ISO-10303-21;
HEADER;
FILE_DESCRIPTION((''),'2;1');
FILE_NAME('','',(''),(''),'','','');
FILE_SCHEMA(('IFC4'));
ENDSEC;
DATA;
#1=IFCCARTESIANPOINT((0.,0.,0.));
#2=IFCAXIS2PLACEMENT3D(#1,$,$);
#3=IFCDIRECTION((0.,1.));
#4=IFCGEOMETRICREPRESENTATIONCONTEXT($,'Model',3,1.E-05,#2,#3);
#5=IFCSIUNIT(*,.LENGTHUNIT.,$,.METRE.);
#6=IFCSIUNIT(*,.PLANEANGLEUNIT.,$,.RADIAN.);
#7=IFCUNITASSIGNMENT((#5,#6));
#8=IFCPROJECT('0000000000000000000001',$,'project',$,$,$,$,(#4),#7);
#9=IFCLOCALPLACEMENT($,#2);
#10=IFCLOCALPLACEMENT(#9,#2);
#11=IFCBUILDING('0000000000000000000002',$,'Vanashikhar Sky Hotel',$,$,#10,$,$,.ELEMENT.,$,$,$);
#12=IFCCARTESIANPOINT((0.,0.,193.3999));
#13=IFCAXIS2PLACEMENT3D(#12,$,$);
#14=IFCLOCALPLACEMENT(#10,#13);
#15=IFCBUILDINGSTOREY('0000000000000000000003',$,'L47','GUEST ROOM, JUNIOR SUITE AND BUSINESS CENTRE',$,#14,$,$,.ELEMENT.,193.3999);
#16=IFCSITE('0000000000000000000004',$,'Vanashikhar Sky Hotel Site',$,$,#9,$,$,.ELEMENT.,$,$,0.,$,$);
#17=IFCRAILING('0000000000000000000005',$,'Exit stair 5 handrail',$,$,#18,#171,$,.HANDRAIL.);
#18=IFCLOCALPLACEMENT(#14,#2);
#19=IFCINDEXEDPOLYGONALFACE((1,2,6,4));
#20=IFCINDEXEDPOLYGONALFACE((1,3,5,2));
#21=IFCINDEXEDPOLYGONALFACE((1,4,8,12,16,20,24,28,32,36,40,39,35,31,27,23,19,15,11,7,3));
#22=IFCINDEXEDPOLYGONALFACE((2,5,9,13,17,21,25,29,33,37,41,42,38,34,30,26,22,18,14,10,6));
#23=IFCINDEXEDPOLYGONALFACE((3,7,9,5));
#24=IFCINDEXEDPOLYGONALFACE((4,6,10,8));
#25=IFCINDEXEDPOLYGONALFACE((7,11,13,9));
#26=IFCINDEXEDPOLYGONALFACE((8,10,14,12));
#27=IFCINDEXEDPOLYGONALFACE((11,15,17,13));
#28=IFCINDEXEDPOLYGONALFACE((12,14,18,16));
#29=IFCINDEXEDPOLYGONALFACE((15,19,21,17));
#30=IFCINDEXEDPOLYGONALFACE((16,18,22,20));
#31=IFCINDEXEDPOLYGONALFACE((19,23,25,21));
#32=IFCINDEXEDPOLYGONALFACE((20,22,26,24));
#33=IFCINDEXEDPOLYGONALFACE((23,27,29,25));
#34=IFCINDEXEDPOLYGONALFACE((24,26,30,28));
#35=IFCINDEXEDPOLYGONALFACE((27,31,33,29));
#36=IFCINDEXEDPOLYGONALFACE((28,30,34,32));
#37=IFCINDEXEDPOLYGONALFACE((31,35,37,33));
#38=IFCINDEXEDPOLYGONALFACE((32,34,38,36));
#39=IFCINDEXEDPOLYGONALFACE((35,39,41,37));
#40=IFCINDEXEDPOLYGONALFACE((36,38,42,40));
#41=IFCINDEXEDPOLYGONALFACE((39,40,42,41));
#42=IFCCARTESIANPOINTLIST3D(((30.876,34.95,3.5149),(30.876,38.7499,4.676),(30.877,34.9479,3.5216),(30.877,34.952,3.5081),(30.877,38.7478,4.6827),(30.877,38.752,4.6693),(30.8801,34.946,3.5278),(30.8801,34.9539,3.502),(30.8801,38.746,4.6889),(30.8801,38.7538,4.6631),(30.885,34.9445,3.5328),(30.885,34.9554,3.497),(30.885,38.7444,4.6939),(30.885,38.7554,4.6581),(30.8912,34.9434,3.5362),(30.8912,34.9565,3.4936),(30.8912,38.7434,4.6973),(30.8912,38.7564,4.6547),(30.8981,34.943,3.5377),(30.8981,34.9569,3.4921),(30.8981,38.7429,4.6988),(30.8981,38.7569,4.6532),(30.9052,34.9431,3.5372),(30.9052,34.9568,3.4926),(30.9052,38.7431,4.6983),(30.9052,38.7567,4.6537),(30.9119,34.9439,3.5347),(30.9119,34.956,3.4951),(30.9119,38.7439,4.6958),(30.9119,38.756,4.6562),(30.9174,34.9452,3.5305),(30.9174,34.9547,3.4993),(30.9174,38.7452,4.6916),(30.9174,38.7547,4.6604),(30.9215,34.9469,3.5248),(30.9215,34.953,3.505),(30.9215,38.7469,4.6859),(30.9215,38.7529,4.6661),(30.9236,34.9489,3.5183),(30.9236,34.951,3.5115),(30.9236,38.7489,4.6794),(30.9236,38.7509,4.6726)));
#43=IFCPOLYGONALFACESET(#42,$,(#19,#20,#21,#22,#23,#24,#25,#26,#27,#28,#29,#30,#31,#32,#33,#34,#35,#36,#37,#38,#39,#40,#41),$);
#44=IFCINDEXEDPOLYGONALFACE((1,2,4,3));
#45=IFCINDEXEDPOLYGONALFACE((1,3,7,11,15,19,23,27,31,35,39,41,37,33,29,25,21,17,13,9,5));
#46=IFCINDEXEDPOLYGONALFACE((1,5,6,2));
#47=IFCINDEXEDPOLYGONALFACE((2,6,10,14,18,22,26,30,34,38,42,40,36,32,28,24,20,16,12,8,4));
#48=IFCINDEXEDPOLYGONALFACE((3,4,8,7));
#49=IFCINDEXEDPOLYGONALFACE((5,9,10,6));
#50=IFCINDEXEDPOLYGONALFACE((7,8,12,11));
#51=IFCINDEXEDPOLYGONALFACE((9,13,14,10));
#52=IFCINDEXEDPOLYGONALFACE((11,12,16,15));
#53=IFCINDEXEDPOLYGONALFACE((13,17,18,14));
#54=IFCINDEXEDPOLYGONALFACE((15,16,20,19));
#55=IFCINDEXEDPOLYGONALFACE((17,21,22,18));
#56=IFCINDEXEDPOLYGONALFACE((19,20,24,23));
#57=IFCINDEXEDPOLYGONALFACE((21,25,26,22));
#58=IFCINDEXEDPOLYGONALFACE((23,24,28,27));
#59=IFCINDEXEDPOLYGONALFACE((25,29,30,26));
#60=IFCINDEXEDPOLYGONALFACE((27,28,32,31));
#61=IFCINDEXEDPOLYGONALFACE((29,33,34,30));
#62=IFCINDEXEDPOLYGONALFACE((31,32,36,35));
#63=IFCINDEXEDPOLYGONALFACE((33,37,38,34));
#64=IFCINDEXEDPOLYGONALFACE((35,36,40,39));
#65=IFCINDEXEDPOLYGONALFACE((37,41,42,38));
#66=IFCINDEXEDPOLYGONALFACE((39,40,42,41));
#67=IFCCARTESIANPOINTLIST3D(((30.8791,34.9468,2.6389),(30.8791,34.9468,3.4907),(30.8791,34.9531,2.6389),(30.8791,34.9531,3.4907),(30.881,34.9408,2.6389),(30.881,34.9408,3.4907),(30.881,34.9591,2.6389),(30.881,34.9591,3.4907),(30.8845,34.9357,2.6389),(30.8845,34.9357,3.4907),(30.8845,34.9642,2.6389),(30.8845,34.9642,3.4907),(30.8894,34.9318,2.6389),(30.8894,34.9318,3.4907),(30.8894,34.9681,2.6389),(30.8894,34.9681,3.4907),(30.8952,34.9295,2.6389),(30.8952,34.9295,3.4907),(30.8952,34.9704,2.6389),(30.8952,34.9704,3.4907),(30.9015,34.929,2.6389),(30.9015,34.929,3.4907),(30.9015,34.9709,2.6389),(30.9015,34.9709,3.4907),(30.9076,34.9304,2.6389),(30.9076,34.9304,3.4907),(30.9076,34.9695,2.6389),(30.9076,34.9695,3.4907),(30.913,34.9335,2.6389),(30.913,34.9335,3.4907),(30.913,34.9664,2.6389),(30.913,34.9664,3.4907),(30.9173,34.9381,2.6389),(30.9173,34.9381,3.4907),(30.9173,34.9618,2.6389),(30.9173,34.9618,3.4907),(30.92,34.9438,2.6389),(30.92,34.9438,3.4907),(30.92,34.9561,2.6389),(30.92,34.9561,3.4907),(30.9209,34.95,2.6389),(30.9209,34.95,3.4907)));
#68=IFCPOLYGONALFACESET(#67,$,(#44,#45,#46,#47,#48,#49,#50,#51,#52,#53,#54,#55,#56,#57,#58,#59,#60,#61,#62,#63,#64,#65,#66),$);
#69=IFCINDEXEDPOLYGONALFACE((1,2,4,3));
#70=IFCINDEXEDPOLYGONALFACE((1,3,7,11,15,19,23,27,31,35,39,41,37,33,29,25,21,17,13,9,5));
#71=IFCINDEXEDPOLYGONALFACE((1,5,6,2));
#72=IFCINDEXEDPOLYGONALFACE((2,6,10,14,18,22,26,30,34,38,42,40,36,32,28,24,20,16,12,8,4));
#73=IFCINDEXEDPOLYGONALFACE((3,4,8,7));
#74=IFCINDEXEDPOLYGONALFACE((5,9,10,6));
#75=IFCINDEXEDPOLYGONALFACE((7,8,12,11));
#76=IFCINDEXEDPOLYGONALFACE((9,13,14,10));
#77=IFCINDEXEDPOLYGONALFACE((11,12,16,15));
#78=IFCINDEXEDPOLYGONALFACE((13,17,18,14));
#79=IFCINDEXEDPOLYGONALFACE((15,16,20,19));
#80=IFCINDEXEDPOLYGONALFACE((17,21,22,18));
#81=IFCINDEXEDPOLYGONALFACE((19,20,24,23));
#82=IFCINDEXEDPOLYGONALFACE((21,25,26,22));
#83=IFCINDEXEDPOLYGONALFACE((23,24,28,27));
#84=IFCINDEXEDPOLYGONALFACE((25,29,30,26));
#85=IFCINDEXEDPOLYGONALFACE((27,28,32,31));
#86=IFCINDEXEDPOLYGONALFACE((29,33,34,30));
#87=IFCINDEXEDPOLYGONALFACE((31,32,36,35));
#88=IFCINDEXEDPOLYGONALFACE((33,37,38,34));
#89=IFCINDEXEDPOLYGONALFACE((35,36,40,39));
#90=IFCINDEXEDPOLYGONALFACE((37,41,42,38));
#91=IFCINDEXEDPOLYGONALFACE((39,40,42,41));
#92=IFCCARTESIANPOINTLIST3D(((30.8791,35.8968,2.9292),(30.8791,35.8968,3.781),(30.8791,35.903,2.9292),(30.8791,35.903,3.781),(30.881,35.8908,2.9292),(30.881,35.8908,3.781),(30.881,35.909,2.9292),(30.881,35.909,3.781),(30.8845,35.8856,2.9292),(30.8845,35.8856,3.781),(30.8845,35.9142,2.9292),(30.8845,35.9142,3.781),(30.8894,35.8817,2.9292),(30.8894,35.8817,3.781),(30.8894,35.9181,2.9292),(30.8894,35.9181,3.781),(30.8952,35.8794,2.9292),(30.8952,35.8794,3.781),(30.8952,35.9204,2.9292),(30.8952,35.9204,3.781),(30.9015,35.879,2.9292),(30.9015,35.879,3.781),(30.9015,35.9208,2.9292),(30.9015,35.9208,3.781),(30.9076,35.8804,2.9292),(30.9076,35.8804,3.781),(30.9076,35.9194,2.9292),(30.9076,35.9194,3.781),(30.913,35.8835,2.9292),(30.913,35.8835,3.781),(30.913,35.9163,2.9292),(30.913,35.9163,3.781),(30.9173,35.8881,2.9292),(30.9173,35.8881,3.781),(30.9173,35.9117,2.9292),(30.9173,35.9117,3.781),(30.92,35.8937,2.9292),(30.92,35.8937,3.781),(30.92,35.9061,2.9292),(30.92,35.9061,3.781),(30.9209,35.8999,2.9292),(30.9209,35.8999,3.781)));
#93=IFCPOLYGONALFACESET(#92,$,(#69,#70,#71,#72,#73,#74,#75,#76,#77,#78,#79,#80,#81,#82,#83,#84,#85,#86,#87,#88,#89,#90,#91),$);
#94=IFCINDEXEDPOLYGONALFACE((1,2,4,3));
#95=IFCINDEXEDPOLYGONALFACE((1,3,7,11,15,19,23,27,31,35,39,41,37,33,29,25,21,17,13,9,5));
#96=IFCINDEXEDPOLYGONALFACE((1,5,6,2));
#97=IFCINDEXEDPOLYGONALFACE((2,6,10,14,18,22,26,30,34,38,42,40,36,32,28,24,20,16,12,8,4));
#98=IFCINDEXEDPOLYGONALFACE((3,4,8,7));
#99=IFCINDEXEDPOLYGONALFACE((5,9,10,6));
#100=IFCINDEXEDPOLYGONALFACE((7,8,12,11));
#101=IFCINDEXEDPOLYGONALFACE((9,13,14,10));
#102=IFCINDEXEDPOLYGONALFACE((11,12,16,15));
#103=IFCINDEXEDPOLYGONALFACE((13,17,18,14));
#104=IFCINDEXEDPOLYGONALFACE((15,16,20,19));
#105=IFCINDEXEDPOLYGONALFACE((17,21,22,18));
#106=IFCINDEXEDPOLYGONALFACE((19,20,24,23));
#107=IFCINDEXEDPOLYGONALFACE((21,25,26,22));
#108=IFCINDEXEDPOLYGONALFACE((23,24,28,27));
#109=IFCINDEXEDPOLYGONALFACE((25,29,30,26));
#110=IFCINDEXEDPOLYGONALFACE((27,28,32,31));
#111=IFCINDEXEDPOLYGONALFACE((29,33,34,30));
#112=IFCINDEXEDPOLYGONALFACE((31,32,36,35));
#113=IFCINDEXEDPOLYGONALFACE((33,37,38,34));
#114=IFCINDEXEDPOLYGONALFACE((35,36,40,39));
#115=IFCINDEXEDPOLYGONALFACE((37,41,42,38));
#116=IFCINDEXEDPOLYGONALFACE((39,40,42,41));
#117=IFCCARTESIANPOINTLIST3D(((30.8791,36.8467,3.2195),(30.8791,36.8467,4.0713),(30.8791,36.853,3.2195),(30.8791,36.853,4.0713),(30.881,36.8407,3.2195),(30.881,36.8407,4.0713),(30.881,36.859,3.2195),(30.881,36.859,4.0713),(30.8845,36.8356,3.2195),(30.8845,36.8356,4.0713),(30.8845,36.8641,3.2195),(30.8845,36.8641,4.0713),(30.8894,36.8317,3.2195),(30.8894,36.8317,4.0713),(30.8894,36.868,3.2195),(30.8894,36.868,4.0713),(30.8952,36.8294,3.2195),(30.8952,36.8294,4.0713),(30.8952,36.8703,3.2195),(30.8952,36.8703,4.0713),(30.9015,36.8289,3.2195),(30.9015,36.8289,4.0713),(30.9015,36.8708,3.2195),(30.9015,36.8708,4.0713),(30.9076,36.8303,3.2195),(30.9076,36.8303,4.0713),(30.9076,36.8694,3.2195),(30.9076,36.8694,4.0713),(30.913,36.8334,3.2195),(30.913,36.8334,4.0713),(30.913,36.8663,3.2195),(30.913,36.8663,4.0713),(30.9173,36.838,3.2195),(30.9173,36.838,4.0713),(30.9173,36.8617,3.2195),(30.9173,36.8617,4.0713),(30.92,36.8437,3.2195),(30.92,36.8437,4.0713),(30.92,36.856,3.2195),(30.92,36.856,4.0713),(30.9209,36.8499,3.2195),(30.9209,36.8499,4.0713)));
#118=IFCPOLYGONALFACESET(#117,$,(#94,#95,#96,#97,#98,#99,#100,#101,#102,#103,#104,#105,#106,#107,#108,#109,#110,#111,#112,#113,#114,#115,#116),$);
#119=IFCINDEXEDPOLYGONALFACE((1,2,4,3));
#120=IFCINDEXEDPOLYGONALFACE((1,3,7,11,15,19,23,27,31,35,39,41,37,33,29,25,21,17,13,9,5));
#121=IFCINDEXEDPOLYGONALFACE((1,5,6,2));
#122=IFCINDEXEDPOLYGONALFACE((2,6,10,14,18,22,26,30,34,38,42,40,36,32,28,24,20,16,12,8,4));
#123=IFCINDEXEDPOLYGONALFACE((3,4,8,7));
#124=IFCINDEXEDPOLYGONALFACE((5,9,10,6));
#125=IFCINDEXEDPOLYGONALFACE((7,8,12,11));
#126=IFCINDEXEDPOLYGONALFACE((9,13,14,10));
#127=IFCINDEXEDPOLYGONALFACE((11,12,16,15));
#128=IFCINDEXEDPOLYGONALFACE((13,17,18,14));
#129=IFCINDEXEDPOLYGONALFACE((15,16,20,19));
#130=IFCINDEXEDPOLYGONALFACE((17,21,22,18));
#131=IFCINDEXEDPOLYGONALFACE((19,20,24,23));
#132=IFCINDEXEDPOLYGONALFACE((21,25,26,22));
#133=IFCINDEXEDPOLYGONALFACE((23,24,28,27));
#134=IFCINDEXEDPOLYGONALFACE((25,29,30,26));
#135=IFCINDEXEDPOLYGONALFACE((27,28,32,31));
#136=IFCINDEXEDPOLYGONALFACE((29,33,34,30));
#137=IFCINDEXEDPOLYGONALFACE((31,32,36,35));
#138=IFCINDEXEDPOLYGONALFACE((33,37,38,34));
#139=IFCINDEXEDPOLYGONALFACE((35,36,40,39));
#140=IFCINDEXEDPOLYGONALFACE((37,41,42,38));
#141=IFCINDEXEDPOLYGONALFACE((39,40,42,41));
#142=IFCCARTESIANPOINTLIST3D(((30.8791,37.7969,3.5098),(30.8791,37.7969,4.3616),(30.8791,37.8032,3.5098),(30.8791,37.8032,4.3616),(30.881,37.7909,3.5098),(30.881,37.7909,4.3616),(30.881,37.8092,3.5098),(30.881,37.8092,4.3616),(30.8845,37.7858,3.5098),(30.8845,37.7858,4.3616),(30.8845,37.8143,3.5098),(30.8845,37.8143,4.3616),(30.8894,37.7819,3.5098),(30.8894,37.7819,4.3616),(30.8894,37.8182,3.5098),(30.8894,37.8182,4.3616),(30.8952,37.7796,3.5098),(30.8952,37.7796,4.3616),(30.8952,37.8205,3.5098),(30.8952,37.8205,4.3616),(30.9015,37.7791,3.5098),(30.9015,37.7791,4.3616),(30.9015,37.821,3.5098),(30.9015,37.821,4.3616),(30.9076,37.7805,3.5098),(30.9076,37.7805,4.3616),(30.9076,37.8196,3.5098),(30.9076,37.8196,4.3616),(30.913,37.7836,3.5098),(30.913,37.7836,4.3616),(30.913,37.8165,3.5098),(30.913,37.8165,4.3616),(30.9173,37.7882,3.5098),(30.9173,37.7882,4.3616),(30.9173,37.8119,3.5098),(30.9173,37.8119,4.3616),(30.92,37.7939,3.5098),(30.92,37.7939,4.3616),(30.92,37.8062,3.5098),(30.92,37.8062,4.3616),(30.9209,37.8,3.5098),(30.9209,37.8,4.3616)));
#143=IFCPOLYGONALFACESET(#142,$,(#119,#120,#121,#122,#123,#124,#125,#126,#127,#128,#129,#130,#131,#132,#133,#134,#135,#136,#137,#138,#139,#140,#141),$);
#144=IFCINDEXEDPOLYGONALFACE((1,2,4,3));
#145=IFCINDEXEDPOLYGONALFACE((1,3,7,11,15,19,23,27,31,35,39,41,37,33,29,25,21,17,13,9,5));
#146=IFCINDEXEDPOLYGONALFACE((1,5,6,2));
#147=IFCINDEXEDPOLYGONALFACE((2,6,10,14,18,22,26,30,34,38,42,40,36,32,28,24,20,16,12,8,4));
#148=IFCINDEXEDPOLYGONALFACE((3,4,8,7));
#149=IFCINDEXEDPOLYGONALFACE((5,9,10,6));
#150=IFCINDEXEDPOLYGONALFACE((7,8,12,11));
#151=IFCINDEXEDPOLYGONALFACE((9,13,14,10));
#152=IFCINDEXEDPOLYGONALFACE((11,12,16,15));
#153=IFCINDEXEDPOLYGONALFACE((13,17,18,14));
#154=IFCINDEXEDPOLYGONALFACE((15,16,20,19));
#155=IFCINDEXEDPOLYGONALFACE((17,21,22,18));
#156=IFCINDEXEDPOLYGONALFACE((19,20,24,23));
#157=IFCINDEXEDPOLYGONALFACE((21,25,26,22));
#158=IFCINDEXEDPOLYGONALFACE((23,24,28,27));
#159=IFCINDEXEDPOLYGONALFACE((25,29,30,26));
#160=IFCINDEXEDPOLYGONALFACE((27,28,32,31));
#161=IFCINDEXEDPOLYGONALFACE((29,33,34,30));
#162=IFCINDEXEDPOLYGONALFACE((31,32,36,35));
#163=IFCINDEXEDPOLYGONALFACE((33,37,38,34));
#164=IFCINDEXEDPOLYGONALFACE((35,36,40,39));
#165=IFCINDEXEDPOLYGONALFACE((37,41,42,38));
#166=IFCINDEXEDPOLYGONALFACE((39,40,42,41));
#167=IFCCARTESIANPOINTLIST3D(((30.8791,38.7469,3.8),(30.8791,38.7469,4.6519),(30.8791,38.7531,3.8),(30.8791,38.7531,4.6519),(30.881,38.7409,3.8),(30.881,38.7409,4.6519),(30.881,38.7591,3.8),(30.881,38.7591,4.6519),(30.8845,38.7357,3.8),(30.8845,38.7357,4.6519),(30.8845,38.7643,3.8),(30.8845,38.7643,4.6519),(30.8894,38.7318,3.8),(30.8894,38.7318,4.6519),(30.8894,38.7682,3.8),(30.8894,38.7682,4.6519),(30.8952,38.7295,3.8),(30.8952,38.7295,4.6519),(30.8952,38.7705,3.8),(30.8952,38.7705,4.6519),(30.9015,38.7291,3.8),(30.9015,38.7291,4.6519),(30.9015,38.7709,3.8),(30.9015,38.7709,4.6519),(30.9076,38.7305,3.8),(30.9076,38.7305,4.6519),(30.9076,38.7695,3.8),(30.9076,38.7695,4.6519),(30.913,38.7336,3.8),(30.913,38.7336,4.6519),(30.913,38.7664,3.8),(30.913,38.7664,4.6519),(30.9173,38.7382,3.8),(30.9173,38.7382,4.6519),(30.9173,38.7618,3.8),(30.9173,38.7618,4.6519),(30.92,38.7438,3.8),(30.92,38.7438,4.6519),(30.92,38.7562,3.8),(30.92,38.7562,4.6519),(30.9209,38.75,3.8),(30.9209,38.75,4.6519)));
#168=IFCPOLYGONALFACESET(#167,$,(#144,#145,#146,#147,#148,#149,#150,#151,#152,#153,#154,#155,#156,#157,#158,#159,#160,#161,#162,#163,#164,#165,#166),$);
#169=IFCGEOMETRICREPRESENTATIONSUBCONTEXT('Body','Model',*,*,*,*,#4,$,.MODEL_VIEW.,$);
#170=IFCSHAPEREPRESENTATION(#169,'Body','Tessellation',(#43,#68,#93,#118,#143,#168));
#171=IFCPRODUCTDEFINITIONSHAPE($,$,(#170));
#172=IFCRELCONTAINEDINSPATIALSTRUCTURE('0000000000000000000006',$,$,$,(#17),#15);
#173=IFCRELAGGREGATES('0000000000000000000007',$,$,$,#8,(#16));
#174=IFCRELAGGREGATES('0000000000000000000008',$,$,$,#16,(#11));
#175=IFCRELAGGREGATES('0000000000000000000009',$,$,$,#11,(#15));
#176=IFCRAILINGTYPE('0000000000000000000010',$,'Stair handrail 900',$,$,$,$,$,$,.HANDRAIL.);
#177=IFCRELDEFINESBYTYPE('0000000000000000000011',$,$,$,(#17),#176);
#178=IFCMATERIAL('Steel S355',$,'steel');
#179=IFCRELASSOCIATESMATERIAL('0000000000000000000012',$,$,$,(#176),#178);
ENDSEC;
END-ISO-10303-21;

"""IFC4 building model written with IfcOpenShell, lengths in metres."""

from ifc_helpers import new_model, si_unit, direction, frame, origin, origin_2d, place, context, subcontext, project, spatial, circle, extrude, source, transform, mapped, material, type_object, element, save


model = new_model("IFC4")

# Units and contexts
model_context = context("Model", 3, precision=1e-05, world=origin(), true_north=direction((0.0, 1.0)))
body_context = subcontext(model_context, "Body", "Model", "MODEL_VIEW")
ifc_project = project(units=[si_unit("LENGTHUNIT", "METRE"), si_unit("PLANEANGLEUNIT", "RADIAN")], contexts=[model_context])

# Site, building, storey
site_placement = place(None, origin())
site = spatial("IfcSite", under=ifc_project, at=site_placement, Name="Vanashikhar Sky Hotel Site", CompositionType="ELEMENT", RefElevation=0.0)
building_placement = place(site_placement, origin())
building = spatial("IfcBuilding", under=site, at=building_placement, Name="Vanashikhar Sky Hotel", CompositionType="ELEMENT")
storey_placement = place(building_placement, frame((0.0, 0.0, 193.3999)))
storey = spatial("IfcBuildingStorey", under=building, at=storey_placement, Name="L47", Description="GUEST ROOM, JUNIOR SUITE AND BUSINESS CENTRE", CompositionType="ELEMENT", Elevation=193.3999)

# Railing
ifc_material_1 = material(Name="Steel S355", Category="steel")
railing_type = type_object("IfcRailingType", Name="Stair handrail 900", PredefinedType="HANDRAIL", material=ifc_material_1)
shared_shape_1 = source(origin(), body_context, "Body", "SweptSolid", [
    extrude(circle(Radius=0.0239, at=origin_2d()), frame((0.0, 0.0, 0.876), z_axis=(0.0, 0.956351, 0.29222), x_axis=(-1.0, 0.0, 0.0)), (0.0, 0.0, 1.0), 3.9734),
    extrude(circle(Radius=0.021, at=origin_2d()), origin(), (0.0, 0.0, 1.0), 0.8518),
    extrude(circle(Radius=0.021, at=origin_2d()), frame((0.0, 0.95, 0.2903)), (0.0, 0.0, 1.0), 0.8518),
    extrude(circle(Radius=0.021, at=origin_2d()), frame((0.0, 1.8999, 0.5806)), (0.0, 0.0, 1.0), 0.8518),
    extrude(circle(Radius=0.021, at=origin_2d()), frame((0.0, 2.8501, 0.8708)), (0.0, 0.0, 1.0), 0.8518),
    extrude(circle(Radius=0.021, at=origin_2d()), frame((0.0, 3.8, 1.1611)), (0.0, 0.0, 1.0), 0.8518),
])
for number, where, name in (
    (1, (30.8999, 34.95, 2.6389), "Exit stair 5 handrail"),
):
    element("IfcRailing", number, at=place(storey_placement, frame(where)), inside=storey, type_object=railing_type, Name=name, PredefinedType="HANDRAIL", context=body_context, shape_type="MappedRepresentation", body=[
        mapped(shared_shape_1, transform((0.0, 0.0, 0.0), scale=1.0)),
    ])

save(model, "model.ifc")
